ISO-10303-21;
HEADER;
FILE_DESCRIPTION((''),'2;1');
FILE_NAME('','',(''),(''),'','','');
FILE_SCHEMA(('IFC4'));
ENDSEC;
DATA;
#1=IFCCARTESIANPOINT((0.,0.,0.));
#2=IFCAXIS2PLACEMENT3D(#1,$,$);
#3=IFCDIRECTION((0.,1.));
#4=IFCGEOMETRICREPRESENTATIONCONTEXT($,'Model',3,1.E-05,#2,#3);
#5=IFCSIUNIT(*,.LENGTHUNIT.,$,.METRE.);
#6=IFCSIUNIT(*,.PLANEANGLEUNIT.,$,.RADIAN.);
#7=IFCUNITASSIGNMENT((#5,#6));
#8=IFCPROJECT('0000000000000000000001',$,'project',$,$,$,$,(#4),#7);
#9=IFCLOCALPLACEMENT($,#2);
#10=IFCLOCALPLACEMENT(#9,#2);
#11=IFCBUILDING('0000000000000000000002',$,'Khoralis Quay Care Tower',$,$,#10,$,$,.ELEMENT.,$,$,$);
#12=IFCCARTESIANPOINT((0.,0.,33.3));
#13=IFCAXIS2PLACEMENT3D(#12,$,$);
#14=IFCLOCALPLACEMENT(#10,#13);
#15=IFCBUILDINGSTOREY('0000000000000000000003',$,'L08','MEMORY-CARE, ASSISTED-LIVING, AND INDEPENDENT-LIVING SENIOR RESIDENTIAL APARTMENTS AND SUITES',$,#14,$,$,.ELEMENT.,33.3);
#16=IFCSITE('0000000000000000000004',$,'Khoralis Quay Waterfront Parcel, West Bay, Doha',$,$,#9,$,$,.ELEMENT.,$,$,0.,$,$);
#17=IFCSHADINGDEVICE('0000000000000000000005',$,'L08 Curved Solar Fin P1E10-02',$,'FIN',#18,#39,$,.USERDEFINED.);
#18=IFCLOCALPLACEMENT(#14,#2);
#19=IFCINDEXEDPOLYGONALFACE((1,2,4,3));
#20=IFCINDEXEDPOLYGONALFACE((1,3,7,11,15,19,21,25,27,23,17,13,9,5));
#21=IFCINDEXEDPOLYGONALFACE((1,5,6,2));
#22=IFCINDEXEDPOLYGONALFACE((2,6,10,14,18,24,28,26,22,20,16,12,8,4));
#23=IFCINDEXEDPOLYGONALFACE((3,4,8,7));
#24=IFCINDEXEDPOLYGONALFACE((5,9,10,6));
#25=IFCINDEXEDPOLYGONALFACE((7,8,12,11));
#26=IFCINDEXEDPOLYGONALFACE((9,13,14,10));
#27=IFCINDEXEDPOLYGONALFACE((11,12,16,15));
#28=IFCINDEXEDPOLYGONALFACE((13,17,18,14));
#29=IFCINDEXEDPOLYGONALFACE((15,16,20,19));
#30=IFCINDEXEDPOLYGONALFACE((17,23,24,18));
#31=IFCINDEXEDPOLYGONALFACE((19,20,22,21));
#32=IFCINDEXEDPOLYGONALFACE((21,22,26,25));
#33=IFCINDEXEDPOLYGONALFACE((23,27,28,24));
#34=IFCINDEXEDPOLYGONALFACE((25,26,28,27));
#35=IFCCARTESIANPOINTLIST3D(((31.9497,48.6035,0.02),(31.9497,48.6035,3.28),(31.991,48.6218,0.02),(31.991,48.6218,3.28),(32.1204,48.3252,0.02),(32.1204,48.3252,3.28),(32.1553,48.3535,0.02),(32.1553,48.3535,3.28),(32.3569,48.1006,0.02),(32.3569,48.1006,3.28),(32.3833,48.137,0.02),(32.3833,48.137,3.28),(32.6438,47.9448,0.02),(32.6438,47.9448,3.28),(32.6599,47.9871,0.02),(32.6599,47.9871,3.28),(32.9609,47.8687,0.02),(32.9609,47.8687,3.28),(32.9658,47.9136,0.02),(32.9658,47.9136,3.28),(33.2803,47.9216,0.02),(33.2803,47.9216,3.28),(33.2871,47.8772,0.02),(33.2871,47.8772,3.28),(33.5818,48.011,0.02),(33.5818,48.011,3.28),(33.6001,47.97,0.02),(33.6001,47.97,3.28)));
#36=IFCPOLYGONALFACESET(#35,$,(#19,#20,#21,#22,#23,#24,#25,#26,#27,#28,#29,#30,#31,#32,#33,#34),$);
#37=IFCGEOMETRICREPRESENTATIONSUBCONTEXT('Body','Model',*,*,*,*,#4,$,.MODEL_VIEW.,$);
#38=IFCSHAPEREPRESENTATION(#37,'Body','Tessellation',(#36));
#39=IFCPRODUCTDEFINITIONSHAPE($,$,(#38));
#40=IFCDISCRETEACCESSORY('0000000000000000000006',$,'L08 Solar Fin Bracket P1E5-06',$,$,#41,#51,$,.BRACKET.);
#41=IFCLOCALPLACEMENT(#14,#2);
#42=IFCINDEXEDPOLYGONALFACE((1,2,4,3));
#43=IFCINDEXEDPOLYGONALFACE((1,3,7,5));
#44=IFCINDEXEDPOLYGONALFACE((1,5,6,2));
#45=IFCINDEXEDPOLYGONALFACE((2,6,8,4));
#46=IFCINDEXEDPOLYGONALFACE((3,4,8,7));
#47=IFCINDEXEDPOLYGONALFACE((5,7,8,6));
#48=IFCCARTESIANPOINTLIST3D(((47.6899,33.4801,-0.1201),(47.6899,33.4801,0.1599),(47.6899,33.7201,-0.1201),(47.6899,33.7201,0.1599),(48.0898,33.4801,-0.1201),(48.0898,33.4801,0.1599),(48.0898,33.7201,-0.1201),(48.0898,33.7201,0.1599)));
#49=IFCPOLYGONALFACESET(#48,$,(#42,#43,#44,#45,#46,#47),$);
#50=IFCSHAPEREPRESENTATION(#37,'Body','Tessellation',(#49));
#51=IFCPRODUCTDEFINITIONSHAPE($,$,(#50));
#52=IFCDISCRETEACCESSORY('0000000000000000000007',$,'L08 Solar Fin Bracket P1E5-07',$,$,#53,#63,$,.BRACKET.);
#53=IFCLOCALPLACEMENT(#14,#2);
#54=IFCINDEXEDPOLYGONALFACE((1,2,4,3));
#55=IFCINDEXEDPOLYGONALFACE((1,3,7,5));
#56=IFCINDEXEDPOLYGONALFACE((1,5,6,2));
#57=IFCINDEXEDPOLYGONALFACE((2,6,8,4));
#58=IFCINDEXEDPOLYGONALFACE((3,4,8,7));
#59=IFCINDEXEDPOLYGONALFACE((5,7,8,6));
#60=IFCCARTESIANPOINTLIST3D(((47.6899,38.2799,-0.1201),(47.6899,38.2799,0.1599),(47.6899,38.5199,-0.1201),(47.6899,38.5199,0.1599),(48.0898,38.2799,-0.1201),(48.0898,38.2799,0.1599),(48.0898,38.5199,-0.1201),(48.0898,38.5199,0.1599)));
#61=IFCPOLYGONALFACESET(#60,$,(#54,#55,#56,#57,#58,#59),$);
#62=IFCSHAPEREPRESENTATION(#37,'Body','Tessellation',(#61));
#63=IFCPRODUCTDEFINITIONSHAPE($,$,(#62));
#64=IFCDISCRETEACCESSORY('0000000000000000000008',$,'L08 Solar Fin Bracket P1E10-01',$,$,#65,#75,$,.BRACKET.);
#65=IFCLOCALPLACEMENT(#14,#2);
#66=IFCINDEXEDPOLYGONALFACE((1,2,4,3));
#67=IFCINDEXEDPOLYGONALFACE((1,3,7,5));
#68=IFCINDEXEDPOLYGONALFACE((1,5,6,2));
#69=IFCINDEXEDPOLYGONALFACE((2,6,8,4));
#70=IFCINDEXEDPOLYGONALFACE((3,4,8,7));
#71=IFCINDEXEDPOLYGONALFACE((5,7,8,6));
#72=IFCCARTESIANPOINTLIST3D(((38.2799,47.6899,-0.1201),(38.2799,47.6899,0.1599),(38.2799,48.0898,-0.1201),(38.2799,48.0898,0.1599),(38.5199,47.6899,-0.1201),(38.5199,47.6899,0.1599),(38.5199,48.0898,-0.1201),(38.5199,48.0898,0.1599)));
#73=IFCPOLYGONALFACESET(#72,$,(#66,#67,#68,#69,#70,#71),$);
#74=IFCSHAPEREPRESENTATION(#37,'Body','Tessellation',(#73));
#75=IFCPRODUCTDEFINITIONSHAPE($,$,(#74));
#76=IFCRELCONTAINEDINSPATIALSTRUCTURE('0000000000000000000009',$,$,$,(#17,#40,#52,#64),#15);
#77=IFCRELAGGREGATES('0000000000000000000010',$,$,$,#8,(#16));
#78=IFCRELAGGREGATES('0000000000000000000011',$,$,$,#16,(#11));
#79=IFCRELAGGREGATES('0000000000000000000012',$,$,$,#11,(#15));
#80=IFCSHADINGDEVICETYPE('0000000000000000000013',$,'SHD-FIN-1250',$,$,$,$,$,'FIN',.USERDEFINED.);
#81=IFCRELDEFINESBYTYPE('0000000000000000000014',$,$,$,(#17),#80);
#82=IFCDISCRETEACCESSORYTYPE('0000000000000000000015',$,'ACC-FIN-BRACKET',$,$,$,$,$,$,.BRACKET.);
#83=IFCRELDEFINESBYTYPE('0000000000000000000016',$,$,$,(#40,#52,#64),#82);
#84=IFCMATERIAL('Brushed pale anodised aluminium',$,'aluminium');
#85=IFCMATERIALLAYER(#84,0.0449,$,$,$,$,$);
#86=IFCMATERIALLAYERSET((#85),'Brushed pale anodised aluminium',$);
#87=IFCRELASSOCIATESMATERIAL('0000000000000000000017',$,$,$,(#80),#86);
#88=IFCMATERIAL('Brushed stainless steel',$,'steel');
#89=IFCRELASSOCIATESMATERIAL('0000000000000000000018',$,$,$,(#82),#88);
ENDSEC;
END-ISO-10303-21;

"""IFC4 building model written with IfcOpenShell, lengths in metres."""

from ifc_helpers import new_model, si_unit, direction, frame, origin, origin_2d, place, context, subcontext, project, spatial, polyline, rectangle, outline, extrude, source, transform, mapped, material, layer, layer_set, type_object, element, save


model = new_model("IFC4")

# Units and contexts
model_context = context("Model", 3, precision=1e-05, world=origin(), true_north=direction((0.0, 1.0)))
body_context = subcontext(model_context, "Body", "Model", "MODEL_VIEW")
ifc_project = project(units=[si_unit("LENGTHUNIT", "METRE"), si_unit("PLANEANGLEUNIT", "RADIAN")], contexts=[model_context])

# Site, building, storey
site_placement = place(None, origin())
site = spatial("IfcSite", under=ifc_project, at=site_placement, Name="Khoralis Quay Waterfront Parcel, West Bay, Doha", CompositionType="ELEMENT", RefElevation=0.0)
building_placement = place(site_placement, origin())
building = spatial("IfcBuilding", under=site, at=building_placement, Name="Khoralis Quay Care Tower", CompositionType="ELEMENT")
storey_placement = place(building_placement, frame((0.0, 0.0, 33.3)))
storey = spatial("IfcBuildingStorey", under=building, at=storey_placement, Name="L08", Description="MEMORY-CARE, ASSISTED-LIVING, AND INDEPENDENT-LIVING SENIOR RESIDENTIAL APARTMENTS AND SUITES", CompositionType="ELEMENT", Elevation=33.3)

# Shading device
ifc_material_1 = material(Name="Brushed pale anodised aluminium", Category="aluminium")
ifc_layer_1 = layer(ifc_material_1, 0.0449)
ifc_layer_set_1 = layer_set([ifc_layer_1], Name="Brushed pale anodised aluminium")
shading_device_type = type_object("IfcShadingDeviceType", Name="SHD-FIN-1250", ElementType="FIN", PredefinedType="USERDEFINED", material=ifc_layer_set_1)
shared_shape_1 = source(origin(), body_context, "Body", "SweptSolid", [
    extrude(outline(polyline([(0.0, 0.0), (-0.0928, 0.313), (-0.1013, 0.6392), (-0.0251, 0.9563), (0.1306, 1.2432), (0.3552, 1.4797), (0.6335, 1.6504), (0.6519, 1.6091), (0.3835, 1.4448), (0.167, 1.2168), (0.0171, 0.9402), (-0.0564, 0.6343), (-0.0483, 0.3198), (0.041, 0.0183), (0.0, 0.0)])), origin(), (0.0, 0.0, 1.0), 3.26),
])
for number, where, z_axis, x_axis, name in (
    (1, (33.6001, 47.97, 0.02), (0.0, 0.0, 1.0), (0.0, 1.0, 0.0), "L08 Curved Solar Fin P1E10-02"),
):
    element("IfcShadingDevice", number, at=place(storey_placement, frame(where, z_axis=z_axis, x_axis=x_axis)), inside=storey, type_object=shading_device_type, Name=name, ObjectType="FIN", PredefinedType="USERDEFINED", context=body_context, shape_type="MappedRepresentation", body=[
        mapped(shared_shape_1, transform((0.0, 0.0, 0.0), scale=1.0)),
    ])

# Discrete accessories
ifc_material_2 = material(Name="Brushed stainless steel", Category="steel")
discrete_accessory_type = type_object("IfcDiscreteAccessoryType", Name="ACC-FIN-BRACKET", PredefinedType="BRACKET", material=ifc_material_2)
shared_shape_2 = source(origin(), body_context, "Body", "SweptSolid", [
    extrude(rectangle(XDim=0.3999, YDim=0.24, at=origin_2d()), origin(), (0.0, 0.0, 1.0), 0.28),
])
for number, where, z_axis, x_axis, name in (
    (2, (47.8899, 33.6001, -0.1201), (0.0, 0.0, 1.0), (1.0, 0.0, 0.0), "L08 Solar Fin Bracket P1E5-06"),
    (3, (47.8899, 38.3999, -0.1201), (0.0, 0.0, 1.0), (1.0, 0.0, 0.0), "L08 Solar Fin Bracket P1E5-07"),
    (4, (38.3999, 47.8899, -0.1201), (0.0, 0.0, 1.0), (0.0, 1.0, 0.0), "L08 Solar Fin Bracket P1E10-01"),
):
    element("IfcDiscreteAccessory", number, at=place(storey_placement, frame(where, z_axis=z_axis, x_axis=x_axis)), inside=storey, type_object=discrete_accessory_type, Name=name, PredefinedType="BRACKET", context=body_context, shape_type="MappedRepresentation", body=[
        mapped(shared_shape_2, transform((0.0, 0.0, 0.0), scale=1.0)),
    ])

save(model, "model.ifc")
